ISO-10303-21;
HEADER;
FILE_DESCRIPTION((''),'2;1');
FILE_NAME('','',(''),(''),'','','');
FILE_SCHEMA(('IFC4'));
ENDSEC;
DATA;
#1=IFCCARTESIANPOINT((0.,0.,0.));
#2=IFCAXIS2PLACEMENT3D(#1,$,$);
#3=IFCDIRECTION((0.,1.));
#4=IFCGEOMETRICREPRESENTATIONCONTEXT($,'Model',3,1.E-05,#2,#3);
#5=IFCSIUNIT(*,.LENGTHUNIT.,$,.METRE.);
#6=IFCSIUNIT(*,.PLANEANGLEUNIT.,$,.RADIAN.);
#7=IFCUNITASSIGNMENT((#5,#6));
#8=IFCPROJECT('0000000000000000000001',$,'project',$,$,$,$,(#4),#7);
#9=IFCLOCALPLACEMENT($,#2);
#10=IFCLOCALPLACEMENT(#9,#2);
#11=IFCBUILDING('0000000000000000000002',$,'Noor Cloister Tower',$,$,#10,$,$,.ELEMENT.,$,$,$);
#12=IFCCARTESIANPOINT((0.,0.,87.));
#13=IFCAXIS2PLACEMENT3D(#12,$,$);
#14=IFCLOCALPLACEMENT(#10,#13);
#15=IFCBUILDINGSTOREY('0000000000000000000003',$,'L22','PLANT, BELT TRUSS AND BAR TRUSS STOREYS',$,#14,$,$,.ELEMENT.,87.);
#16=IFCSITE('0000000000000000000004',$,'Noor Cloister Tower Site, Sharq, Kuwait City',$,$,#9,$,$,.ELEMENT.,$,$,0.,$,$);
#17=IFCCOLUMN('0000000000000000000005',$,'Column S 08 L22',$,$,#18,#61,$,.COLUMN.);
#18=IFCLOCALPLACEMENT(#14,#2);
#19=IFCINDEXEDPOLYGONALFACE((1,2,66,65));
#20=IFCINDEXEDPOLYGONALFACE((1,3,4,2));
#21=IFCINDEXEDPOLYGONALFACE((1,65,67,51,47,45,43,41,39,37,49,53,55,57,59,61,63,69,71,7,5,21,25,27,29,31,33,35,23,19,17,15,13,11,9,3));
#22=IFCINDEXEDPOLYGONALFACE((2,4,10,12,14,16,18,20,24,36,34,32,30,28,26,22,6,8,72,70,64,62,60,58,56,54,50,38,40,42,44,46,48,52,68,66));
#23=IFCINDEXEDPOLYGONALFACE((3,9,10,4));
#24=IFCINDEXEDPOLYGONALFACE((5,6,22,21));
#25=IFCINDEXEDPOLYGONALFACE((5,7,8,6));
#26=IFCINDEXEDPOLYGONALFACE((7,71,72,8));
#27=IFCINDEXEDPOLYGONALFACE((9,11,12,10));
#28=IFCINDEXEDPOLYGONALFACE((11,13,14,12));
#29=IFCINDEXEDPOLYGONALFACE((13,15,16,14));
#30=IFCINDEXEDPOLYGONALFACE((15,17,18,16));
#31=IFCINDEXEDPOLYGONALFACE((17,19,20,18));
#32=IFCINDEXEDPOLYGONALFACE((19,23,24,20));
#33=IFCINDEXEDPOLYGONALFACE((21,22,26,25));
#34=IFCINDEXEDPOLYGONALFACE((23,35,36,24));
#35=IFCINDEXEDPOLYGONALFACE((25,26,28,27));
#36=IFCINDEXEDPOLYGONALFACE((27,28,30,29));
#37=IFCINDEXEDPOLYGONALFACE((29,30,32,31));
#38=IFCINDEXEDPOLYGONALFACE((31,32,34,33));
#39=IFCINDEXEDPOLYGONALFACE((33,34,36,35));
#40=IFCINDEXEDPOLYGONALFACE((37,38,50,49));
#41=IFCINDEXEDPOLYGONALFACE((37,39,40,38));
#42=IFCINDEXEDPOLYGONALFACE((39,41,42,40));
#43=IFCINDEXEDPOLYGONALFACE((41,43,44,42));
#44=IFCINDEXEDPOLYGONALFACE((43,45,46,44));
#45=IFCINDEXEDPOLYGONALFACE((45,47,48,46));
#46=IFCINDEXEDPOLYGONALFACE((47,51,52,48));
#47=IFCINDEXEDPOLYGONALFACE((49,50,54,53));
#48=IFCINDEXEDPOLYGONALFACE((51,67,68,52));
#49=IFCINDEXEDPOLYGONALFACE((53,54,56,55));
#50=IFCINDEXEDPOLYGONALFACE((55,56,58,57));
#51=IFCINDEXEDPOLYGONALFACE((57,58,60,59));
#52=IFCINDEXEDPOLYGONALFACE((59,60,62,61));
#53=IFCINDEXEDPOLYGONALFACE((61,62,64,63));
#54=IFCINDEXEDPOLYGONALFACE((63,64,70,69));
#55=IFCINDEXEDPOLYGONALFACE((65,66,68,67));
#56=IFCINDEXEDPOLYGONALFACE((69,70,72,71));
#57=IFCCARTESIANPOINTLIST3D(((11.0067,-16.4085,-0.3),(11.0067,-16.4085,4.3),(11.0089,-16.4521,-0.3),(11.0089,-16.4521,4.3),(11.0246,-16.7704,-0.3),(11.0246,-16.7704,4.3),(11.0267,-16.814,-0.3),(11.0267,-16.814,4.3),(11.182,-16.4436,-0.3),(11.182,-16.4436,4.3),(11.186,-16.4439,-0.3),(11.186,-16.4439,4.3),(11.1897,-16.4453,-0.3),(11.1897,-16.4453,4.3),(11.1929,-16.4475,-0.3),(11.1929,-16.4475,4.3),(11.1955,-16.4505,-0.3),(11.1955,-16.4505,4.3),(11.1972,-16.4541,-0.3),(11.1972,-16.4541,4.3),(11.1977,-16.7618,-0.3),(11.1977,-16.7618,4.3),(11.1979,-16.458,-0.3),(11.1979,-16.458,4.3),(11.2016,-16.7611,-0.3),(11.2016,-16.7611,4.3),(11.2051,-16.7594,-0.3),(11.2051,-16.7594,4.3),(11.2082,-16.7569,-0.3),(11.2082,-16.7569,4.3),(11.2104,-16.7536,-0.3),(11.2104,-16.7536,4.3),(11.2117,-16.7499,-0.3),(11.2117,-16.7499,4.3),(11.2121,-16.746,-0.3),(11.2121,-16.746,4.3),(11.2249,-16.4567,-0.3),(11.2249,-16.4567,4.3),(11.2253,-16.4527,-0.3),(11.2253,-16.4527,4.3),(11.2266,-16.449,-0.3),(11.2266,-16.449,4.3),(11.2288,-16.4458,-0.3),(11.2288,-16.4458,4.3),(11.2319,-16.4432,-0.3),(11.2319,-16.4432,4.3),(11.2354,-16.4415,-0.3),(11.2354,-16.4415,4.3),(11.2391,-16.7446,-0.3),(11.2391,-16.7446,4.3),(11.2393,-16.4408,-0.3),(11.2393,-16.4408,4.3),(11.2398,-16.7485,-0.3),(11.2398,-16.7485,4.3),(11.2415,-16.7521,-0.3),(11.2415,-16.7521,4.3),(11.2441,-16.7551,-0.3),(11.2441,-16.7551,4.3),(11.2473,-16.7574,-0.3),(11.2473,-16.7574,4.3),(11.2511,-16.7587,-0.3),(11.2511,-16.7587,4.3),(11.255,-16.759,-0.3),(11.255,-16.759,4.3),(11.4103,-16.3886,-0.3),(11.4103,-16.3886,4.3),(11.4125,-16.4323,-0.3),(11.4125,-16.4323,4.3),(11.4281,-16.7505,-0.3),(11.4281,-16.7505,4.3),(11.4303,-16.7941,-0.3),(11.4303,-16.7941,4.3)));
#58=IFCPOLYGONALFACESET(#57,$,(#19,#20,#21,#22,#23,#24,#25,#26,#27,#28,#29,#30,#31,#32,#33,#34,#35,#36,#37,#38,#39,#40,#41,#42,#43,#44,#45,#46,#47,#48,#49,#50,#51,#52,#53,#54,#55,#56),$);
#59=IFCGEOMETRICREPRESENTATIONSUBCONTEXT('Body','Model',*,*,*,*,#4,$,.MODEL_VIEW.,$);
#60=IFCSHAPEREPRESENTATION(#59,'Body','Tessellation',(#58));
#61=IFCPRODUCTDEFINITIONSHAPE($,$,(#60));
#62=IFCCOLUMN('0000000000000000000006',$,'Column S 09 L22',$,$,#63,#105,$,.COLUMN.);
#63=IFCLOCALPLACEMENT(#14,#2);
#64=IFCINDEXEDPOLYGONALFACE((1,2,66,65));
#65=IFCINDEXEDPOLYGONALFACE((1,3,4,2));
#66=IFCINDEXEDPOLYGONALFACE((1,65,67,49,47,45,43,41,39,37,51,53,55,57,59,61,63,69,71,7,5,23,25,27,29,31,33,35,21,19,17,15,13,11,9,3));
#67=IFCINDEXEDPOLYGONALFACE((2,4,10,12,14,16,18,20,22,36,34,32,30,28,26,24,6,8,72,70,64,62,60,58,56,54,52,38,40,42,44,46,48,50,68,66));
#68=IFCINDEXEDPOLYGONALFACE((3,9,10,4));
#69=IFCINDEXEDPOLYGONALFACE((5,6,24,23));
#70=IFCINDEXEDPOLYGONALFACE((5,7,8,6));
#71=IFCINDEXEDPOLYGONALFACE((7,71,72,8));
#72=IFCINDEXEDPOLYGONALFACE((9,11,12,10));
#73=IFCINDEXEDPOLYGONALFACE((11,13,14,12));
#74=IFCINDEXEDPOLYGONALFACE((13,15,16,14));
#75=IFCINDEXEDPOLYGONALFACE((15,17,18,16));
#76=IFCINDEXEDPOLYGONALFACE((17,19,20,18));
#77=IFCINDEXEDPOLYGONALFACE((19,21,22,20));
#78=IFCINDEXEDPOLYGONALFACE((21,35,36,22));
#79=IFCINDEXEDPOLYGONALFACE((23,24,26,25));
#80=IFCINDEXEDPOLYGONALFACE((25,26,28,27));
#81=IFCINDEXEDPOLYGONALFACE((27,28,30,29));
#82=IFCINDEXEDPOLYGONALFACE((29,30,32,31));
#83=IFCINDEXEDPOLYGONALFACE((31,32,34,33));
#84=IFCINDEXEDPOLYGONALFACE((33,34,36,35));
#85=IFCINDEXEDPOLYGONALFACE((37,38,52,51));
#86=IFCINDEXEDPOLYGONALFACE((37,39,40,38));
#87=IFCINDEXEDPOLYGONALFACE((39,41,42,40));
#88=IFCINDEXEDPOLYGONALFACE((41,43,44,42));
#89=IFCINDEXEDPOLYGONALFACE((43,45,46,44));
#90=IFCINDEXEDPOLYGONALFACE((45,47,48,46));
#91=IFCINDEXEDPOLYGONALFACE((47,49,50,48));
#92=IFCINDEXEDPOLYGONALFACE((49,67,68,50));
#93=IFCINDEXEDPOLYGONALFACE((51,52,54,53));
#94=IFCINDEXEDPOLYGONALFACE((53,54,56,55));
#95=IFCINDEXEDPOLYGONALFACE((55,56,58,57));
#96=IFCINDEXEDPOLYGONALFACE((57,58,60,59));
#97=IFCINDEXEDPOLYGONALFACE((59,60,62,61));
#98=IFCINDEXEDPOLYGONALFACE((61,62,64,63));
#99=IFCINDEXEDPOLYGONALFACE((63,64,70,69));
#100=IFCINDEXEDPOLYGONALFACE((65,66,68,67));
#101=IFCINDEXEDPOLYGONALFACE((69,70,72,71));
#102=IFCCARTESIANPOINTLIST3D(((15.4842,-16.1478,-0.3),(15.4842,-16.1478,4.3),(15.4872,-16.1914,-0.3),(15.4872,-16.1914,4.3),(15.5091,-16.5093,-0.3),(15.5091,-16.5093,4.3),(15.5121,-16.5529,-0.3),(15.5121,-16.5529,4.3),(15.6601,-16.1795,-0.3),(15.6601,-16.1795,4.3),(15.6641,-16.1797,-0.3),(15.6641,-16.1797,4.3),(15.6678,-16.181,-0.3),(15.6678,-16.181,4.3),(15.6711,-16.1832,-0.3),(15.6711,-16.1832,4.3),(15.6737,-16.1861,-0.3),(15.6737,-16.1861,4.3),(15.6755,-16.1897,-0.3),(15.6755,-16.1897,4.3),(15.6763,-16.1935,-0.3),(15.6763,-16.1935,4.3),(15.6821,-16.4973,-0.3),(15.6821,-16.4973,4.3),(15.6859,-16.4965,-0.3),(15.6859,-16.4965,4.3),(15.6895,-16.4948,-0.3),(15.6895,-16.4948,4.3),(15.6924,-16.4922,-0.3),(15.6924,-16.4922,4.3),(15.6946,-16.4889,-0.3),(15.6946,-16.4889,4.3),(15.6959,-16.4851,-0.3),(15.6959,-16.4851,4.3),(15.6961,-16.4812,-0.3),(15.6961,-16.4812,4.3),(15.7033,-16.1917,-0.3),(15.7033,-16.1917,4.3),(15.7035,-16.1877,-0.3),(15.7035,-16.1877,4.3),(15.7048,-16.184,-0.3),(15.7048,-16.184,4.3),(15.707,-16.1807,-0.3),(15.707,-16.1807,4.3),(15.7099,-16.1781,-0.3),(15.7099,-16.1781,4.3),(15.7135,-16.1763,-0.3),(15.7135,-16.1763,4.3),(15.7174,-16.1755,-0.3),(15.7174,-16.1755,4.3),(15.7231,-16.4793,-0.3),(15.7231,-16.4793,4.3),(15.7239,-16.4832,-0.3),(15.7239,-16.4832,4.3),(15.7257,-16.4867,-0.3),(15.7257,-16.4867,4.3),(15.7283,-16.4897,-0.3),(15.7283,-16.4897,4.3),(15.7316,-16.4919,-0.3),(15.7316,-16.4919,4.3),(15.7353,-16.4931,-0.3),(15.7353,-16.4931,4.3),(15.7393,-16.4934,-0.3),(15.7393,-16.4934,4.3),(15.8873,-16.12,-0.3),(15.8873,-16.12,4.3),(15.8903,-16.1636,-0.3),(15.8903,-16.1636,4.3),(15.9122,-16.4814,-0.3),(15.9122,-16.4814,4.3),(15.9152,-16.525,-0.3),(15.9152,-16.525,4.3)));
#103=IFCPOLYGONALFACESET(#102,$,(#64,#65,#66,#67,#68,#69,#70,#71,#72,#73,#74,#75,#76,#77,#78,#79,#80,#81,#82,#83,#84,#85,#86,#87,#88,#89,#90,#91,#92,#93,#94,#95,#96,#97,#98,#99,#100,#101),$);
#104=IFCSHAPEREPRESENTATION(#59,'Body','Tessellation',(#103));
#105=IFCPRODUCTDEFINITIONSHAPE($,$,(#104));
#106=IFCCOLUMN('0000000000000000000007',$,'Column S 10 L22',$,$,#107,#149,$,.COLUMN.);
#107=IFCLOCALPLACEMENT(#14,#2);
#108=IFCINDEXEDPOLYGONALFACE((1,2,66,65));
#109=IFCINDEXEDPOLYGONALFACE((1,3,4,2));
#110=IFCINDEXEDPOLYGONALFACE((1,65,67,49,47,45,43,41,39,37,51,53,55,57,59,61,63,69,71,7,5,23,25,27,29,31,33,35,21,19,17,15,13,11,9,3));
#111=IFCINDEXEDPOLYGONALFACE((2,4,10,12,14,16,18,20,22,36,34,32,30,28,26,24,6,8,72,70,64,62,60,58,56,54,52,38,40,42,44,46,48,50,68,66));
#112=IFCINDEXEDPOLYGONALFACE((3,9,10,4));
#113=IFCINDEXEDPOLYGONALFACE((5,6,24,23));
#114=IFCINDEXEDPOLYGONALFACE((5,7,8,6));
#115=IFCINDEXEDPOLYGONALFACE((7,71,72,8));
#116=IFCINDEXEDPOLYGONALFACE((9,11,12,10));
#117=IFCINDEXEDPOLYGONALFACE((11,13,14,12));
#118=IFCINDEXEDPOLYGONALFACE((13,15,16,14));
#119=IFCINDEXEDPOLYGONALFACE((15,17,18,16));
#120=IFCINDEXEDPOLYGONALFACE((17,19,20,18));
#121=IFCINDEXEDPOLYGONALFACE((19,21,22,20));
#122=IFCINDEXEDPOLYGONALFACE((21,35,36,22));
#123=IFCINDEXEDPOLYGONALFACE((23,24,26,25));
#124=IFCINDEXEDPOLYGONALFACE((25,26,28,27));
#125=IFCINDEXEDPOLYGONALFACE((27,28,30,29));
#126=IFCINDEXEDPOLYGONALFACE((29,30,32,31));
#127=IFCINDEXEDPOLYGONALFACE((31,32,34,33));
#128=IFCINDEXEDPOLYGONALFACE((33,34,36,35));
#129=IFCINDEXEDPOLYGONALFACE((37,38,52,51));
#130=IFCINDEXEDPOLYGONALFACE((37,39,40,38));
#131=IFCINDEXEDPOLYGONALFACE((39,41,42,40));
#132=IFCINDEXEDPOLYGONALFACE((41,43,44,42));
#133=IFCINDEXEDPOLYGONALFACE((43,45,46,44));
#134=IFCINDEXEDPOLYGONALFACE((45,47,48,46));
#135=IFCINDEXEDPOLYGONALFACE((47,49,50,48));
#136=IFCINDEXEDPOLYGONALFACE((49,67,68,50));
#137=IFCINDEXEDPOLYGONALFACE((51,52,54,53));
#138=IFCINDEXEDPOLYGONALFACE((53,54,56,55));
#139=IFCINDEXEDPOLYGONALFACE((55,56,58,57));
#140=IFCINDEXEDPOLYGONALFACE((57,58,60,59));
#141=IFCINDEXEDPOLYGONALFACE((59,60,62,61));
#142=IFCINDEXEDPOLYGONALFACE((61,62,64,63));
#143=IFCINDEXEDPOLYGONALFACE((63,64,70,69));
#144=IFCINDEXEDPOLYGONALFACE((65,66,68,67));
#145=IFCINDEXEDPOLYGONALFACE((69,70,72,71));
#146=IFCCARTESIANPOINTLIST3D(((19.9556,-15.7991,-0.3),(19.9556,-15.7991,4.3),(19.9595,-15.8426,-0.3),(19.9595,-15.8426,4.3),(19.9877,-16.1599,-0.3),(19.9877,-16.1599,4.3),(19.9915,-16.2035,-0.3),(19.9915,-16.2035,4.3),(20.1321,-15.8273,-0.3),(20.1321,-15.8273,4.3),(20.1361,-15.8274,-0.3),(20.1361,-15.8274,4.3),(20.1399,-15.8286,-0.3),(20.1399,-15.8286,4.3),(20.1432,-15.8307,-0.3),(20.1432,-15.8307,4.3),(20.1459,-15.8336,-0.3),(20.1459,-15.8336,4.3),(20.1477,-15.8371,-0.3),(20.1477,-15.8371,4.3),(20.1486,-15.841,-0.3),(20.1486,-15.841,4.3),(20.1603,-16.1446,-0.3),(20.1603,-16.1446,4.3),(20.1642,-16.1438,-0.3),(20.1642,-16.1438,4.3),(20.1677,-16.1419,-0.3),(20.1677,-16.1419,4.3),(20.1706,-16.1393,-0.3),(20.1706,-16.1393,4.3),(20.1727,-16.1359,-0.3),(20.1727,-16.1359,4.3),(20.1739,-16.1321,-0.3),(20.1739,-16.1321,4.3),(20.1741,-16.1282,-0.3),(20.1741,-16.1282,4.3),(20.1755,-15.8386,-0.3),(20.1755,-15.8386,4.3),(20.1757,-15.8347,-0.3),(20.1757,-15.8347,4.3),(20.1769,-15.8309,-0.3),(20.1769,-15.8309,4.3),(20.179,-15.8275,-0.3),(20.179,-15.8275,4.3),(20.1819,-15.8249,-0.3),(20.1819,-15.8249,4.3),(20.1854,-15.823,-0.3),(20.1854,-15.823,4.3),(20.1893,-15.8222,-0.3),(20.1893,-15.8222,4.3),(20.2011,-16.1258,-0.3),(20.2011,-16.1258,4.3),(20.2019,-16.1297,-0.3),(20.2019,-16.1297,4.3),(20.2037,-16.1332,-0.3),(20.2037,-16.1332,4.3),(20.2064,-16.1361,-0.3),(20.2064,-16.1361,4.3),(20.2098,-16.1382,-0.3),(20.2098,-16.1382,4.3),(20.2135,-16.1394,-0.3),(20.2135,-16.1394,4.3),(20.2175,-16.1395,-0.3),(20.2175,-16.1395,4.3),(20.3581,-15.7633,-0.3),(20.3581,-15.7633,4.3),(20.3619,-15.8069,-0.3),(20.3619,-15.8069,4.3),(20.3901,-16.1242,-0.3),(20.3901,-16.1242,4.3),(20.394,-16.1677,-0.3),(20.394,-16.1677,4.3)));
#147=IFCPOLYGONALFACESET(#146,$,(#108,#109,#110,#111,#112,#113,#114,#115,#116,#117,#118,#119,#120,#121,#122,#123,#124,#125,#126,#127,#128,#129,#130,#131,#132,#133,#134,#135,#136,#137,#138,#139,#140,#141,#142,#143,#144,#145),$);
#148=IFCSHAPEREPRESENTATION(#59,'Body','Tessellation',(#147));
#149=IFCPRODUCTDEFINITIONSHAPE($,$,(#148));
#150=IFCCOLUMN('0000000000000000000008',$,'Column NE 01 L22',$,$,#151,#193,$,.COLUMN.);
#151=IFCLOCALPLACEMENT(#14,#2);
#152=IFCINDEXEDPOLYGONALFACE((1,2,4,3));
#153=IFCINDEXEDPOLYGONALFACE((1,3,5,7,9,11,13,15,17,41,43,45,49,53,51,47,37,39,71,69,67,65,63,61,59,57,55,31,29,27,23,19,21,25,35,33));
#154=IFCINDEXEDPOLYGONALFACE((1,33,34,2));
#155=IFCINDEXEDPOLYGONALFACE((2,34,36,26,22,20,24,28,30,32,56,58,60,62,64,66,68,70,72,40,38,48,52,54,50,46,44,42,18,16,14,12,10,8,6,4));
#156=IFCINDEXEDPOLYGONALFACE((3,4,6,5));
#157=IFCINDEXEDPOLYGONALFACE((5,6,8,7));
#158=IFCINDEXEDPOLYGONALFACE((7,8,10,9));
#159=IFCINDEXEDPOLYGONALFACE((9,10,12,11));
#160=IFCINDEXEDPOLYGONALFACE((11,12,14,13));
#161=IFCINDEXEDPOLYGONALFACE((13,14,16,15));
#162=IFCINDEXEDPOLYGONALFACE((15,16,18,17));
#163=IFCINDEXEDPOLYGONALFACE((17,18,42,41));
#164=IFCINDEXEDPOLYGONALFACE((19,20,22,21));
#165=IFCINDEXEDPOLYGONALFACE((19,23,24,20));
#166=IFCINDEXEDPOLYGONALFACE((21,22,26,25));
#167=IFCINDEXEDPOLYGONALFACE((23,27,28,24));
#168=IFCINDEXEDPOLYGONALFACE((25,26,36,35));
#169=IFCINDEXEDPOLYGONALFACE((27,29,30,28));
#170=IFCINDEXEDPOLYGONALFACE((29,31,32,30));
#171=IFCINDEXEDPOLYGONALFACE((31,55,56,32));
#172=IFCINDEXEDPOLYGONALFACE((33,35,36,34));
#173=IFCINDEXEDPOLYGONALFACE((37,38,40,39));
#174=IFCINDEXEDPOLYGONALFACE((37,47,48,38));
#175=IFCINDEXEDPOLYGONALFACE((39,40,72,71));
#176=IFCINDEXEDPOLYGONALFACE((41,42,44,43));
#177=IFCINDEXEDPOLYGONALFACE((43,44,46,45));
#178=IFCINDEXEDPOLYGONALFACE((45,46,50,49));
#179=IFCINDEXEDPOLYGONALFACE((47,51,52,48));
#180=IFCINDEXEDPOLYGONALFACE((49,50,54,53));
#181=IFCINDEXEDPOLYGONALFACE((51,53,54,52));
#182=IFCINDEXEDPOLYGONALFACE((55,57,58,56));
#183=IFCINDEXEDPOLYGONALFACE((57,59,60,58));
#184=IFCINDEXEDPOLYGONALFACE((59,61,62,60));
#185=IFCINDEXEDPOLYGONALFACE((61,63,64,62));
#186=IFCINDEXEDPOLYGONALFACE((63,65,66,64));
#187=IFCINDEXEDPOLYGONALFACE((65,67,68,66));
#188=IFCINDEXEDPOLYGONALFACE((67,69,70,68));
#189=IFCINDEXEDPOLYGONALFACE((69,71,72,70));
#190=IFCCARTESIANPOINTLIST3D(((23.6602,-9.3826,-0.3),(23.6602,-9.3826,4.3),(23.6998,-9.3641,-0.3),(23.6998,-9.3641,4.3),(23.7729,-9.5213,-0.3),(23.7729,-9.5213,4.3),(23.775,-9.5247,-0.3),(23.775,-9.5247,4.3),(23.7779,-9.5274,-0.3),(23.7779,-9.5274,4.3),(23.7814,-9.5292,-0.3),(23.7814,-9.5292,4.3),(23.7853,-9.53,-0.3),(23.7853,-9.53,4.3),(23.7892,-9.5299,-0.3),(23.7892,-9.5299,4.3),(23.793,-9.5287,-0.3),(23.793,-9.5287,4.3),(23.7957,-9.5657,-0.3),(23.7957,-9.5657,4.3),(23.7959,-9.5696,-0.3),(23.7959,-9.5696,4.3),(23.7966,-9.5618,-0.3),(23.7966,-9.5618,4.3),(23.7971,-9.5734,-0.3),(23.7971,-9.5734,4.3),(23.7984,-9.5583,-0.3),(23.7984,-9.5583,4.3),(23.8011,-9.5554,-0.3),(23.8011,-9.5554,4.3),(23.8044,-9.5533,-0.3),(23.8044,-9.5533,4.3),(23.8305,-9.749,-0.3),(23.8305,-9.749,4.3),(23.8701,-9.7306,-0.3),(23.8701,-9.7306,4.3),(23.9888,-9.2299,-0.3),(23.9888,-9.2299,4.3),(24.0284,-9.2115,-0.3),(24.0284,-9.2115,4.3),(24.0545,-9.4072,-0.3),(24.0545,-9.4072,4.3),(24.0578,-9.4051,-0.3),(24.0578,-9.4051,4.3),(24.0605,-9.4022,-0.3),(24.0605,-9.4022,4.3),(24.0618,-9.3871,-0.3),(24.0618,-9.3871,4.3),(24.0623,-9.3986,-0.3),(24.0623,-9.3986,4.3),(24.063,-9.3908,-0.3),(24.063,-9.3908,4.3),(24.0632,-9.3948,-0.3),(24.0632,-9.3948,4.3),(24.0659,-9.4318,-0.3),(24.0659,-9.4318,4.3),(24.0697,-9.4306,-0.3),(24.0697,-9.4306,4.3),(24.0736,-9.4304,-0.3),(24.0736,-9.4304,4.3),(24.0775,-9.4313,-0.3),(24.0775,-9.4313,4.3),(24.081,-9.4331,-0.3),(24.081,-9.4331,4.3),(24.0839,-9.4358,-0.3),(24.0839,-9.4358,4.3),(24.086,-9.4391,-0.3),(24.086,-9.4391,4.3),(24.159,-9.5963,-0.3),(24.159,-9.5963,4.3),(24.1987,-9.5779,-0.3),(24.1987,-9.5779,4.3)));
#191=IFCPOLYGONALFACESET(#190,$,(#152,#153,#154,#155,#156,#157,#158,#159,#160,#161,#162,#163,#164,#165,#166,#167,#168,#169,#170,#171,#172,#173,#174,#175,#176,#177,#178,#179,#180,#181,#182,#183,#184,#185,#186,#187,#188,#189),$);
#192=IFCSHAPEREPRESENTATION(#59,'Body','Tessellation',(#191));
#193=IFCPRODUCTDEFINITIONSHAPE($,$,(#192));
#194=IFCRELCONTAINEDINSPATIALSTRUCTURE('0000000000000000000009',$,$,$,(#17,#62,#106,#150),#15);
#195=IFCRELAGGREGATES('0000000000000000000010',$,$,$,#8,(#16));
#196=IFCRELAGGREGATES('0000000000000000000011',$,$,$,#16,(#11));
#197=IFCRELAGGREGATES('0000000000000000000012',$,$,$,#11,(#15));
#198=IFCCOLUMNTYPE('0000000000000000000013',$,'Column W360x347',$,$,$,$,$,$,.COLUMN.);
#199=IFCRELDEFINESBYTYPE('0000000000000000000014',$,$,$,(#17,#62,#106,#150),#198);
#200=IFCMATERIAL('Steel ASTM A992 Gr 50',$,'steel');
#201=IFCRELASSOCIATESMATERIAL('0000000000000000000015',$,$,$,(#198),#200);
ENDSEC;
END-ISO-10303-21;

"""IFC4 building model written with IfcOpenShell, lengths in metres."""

from ifc_helpers import new_model, si_unit, direction, frame, origin, origin_2d, place, context, subcontext, project, spatial, i_section, extrude, material, material_profile, profile_set, type_object, element, save


model = new_model("IFC4")

# Units and contexts
model_context = context("Model", 3, precision=1e-05, world=origin(), true_north=direction((0.0, 1.0)))
body_context = subcontext(model_context, "Body", "Model", "MODEL_VIEW")
ifc_project = project(units=[si_unit("LENGTHUNIT", "METRE"), si_unit("PLANEANGLEUNIT", "RADIAN")], contexts=[model_context])

# Site, building, storey
site_placement = place(None, origin())
site = spatial("IfcSite", under=ifc_project, at=site_placement, Name="Noor Cloister Tower Site, Sharq, Kuwait City", CompositionType="ELEMENT", RefElevation=0.0)
building_placement = place(site_placement, origin())
building = spatial("IfcBuilding", under=site, at=building_placement, Name="Noor Cloister Tower", CompositionType="ELEMENT")
storey_placement = place(building_placement, frame((0.0, 0.0, 87.0)))
storey = spatial("IfcBuildingStorey", under=building, at=storey_placement, Name="L22", Description="PLANT, BELT TRUSS AND BAR TRUSS STOREYS", CompositionType="ELEMENT", Elevation=87.0)

# Columns
ifc_material_1 = material(Name="Steel ASTM A992 Gr 50", Category="steel")
ifc_material_profile_1 = material_profile(ifc_material_1, i_section(OverallWidth=0.4041, OverallDepth=0.406, WebThickness=0.0271, FlangeThickness=0.0437, FilletRadius=0.0151, at=origin_2d()), Name="W360x347")
ifc_profile_set_1 = profile_set([ifc_material_profile_1], Name="Steel ASTM A992 Gr 50")
column_type_1 = type_object("IfcColumnType", Name="Column W360x347", PredefinedType="COLUMN", material=ifc_profile_set_1)
for number, where, z_axis, x_axis, name in (
    (1, (11.2185, -16.6013, -0.3), (0.0, 0.0, 1.0), (0.99879, 0.049188, 0.0), "Column S 08 L22"),
    (2, (15.6997, -16.3364, -0.3), (0.0, 0.0, 1.0), (0.997628, 0.068837, 0.0), "Column S 09 L22"),
    (3, (20.1748, -15.9834, -0.3), (0.0, 0.0, 1.0), (0.99608, 0.088459, 0.0), "Column S 10 L22"),
    (4, (23.9294, -9.4802, -0.3), (0.0, 0.0, 1.0), (-0.421432, 0.90686, 0.0), "Column NE 01 L22"),
):
    element("IfcColumn", number, at=place(storey_placement, frame(where, z_axis=z_axis, x_axis=x_axis)), inside=storey, type_object=column_type_1, Name=name, PredefinedType="COLUMN", context=body_context, shape_type="SweptSolid", body=[
        extrude(i_section(OverallWidth=0.4041, OverallDepth=0.406, WebThickness=0.0271, FlangeThickness=0.0437, FilletRadius=0.0151, at=origin_2d()), origin(), (0.0, 0.0, 1.0), 4.6001),
    ])

save(model, "model.ifc")
